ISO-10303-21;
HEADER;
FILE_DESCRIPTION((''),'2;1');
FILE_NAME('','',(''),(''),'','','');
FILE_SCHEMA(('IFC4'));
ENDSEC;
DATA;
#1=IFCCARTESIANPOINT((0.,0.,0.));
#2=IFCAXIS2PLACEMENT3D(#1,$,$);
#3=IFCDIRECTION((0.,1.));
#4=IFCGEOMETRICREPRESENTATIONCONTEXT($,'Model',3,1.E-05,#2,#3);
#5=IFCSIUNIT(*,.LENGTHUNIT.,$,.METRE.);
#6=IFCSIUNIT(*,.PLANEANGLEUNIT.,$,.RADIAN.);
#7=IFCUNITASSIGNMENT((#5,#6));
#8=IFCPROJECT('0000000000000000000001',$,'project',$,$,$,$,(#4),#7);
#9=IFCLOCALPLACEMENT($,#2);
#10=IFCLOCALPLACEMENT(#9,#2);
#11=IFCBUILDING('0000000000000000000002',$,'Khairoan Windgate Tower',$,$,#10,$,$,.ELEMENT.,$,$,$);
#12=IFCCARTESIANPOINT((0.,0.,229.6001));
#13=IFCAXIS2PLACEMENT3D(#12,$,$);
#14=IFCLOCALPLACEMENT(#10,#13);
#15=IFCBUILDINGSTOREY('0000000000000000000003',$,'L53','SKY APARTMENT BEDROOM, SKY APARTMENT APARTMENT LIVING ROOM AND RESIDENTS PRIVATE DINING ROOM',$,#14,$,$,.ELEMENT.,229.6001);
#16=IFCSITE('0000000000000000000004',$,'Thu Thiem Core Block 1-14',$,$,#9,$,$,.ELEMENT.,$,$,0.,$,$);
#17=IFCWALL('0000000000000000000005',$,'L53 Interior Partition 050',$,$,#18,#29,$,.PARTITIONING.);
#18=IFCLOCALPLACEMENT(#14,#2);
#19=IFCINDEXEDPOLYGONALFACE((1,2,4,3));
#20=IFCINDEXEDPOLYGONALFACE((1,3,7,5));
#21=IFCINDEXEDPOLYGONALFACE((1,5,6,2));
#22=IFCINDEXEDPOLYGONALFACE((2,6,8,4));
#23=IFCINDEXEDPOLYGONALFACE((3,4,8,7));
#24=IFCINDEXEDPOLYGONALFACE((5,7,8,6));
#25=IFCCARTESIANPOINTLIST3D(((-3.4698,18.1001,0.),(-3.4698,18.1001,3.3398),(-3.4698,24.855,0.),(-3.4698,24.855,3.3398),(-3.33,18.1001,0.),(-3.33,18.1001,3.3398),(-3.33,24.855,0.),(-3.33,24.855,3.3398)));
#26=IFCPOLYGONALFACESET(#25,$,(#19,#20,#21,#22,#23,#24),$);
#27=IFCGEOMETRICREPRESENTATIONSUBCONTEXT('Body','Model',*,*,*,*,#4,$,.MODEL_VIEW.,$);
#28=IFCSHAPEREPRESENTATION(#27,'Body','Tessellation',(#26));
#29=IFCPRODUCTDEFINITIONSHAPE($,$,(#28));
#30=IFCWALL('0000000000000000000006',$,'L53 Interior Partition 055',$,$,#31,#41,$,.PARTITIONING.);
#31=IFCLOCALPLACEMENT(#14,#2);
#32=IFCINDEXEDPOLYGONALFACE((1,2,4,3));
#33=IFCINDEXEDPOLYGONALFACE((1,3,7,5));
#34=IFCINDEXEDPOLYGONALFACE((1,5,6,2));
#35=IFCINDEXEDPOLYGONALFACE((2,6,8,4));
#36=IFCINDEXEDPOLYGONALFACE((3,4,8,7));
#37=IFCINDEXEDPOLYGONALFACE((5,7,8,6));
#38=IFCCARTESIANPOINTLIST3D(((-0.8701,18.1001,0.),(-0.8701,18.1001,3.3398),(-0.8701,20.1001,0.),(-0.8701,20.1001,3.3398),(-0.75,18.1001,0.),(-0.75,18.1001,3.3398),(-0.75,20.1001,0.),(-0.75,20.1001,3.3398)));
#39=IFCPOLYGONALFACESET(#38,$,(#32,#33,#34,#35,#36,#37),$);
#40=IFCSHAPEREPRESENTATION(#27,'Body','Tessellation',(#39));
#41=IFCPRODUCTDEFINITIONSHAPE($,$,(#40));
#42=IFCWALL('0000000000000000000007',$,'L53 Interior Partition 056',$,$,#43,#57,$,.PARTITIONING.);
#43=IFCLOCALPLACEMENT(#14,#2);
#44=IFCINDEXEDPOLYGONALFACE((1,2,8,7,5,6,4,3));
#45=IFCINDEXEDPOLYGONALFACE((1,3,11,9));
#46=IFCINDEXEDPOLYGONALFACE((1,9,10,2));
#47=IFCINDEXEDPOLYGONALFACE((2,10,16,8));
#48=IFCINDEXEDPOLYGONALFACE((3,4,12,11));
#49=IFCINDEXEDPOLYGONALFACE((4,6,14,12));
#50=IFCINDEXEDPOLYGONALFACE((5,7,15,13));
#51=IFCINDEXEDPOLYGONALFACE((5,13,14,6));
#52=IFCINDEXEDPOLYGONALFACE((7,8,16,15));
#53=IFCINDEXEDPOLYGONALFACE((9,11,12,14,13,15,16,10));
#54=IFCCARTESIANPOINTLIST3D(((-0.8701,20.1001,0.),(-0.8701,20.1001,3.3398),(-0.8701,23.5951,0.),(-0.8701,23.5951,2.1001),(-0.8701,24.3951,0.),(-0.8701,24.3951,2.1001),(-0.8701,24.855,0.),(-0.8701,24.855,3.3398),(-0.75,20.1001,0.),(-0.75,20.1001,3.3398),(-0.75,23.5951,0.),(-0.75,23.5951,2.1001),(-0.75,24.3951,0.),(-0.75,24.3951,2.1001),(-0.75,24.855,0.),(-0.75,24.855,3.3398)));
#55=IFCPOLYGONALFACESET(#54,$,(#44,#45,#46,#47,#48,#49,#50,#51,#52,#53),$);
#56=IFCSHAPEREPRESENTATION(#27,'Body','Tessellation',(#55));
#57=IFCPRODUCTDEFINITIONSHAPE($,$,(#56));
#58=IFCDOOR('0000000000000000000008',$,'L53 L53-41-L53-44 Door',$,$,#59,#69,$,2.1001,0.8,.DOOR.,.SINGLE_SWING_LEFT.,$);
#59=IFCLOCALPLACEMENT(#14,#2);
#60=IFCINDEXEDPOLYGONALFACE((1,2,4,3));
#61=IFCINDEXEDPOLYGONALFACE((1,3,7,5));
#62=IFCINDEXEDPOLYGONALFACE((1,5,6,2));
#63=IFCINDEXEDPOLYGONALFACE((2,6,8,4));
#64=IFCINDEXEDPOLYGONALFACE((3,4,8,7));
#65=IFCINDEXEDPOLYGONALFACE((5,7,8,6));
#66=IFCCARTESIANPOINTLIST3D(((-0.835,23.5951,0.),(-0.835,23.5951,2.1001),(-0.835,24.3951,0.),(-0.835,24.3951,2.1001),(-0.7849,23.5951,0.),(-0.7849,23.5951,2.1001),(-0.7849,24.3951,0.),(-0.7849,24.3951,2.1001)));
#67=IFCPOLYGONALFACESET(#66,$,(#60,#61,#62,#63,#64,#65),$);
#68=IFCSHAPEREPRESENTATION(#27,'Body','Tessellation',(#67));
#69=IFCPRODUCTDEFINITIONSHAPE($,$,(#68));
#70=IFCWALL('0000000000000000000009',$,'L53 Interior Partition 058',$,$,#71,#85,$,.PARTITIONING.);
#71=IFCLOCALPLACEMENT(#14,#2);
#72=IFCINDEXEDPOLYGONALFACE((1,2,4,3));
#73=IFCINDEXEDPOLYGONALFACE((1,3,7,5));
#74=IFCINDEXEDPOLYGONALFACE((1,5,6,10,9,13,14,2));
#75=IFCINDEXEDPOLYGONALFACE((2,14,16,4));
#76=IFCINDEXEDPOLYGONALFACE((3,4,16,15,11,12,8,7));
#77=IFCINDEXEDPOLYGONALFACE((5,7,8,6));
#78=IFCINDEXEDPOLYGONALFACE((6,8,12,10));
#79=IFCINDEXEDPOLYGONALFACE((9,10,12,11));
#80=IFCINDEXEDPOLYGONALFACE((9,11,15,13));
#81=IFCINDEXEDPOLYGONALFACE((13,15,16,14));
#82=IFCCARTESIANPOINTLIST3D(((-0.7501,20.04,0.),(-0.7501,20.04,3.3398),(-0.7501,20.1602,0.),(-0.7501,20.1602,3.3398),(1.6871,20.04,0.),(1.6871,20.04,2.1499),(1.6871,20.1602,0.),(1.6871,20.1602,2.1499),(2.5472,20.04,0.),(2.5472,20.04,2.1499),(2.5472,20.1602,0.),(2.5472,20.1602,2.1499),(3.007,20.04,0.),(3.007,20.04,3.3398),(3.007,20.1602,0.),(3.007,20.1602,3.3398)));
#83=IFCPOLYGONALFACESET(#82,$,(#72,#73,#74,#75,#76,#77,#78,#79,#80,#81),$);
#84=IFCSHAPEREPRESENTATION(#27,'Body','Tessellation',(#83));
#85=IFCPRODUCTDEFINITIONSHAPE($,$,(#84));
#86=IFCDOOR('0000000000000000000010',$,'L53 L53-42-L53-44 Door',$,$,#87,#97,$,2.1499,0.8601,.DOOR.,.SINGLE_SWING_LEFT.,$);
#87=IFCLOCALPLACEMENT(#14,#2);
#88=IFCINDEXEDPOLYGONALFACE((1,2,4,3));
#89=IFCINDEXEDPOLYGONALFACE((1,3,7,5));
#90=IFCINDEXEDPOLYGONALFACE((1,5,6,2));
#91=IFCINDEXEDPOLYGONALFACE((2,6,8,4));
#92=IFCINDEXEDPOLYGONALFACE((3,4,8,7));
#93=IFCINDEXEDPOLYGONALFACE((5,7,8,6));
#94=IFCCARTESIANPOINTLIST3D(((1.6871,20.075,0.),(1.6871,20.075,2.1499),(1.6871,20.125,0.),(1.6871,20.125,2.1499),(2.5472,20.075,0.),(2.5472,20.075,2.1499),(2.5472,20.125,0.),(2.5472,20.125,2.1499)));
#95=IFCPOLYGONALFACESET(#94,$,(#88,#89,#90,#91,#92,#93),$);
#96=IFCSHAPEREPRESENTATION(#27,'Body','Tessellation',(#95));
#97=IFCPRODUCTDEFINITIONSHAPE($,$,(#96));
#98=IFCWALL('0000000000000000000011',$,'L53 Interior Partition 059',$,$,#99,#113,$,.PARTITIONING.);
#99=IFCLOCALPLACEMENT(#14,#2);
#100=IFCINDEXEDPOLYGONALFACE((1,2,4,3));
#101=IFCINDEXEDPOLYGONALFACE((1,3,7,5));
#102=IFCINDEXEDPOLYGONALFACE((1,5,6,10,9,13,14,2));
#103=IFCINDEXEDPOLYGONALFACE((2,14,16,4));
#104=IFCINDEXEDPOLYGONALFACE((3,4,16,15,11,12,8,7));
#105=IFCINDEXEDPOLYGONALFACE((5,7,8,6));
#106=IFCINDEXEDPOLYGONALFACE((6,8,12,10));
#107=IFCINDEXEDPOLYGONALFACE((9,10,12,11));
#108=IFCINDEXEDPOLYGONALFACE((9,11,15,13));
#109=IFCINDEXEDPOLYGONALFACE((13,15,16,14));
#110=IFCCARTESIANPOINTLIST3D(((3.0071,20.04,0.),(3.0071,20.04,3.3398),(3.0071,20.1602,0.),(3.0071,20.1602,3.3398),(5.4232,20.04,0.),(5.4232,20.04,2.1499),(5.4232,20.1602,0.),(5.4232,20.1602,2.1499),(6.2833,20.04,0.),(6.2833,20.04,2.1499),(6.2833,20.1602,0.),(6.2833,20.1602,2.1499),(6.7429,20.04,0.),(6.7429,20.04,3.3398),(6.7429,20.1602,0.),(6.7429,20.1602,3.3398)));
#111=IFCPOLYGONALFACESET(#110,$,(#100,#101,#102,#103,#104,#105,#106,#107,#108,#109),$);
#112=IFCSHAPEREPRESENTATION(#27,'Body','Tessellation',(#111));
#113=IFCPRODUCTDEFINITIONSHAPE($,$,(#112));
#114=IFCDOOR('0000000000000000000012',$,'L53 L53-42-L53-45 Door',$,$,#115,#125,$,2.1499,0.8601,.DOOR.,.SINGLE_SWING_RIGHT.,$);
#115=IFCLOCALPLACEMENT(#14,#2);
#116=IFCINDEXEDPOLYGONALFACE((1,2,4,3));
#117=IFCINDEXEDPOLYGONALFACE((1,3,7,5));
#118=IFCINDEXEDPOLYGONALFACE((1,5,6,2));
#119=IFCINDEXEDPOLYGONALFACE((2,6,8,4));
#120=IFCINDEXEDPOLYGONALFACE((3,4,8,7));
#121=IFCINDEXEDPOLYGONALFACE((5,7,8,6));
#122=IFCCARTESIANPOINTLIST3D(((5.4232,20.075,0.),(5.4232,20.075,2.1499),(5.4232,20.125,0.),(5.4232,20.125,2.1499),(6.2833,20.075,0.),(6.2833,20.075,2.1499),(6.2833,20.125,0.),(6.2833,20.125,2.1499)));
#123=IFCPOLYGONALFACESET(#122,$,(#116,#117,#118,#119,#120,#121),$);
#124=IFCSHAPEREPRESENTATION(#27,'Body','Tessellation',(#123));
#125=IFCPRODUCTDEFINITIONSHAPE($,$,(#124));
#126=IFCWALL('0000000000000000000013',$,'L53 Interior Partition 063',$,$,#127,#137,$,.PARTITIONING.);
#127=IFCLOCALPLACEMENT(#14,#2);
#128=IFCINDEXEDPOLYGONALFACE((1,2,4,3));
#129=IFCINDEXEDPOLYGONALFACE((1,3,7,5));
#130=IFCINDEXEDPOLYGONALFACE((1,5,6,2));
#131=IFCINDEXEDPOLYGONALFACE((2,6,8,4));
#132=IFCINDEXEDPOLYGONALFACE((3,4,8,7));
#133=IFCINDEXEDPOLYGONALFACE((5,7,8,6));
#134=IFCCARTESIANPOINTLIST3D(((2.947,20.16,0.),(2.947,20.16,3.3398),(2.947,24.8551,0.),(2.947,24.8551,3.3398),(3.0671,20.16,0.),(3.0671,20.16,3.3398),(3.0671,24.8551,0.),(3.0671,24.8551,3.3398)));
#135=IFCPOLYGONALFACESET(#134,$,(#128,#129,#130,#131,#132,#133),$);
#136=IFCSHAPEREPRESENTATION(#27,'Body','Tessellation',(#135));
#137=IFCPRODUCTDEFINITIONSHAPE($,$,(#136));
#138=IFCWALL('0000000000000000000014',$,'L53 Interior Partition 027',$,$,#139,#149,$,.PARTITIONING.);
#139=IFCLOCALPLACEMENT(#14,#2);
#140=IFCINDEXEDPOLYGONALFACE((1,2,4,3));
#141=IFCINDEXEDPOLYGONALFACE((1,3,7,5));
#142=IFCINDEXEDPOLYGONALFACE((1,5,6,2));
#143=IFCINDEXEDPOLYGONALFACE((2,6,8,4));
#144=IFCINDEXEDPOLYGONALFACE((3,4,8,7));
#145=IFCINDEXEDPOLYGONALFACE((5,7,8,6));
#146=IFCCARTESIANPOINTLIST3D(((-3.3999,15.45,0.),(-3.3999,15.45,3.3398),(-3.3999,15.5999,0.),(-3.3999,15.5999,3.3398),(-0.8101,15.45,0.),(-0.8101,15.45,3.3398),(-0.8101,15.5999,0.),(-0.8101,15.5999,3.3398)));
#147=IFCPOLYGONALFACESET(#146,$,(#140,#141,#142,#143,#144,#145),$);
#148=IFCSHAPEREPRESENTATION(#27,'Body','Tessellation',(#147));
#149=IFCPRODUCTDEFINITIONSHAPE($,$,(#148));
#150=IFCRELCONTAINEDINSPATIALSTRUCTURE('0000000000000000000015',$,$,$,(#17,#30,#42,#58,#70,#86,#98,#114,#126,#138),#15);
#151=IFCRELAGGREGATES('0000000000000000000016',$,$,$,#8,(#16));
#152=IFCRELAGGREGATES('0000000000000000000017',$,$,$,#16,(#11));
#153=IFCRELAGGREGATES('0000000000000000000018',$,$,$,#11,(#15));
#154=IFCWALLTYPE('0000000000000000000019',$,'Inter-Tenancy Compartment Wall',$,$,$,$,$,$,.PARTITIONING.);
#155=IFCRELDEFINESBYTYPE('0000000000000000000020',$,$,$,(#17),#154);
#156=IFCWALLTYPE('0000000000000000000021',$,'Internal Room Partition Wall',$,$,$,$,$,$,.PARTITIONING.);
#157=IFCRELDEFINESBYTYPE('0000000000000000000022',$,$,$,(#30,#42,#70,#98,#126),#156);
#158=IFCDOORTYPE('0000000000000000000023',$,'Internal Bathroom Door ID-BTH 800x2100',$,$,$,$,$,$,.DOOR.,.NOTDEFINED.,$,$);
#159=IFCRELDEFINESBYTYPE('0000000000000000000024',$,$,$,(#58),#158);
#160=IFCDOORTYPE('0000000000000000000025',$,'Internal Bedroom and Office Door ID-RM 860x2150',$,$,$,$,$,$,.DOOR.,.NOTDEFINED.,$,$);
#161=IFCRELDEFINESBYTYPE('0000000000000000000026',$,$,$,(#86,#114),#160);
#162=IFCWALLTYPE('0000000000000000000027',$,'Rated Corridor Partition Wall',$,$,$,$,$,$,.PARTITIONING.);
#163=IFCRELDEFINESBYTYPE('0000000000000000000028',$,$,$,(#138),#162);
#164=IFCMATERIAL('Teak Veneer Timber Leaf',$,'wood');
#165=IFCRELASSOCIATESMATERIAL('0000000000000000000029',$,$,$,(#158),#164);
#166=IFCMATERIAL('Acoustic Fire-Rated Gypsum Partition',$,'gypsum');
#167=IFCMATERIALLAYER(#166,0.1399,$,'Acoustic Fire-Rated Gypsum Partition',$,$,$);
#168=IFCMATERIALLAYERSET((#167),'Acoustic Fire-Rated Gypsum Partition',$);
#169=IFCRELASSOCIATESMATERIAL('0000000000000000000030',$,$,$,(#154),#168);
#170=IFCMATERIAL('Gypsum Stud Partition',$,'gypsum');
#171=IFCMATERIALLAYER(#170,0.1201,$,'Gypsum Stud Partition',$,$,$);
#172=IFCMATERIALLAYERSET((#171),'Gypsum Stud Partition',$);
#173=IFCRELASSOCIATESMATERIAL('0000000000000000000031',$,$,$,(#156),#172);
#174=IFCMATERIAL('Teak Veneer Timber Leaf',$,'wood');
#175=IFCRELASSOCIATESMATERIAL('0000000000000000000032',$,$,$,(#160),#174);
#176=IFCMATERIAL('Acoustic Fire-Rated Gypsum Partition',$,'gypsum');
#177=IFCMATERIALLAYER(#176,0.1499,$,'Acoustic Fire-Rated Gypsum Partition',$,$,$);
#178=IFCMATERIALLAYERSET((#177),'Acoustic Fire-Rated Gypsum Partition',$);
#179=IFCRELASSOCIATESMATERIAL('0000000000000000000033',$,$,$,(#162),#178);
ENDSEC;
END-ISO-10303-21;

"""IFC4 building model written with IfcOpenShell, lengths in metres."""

from ifc_helpers import new_model, si_unit, direction, frame, frame_2d, origin, place, context, subcontext, project, spatial, rectangle, extrude, material, layer, layer_set, type_object, element, fill, save


model = new_model("IFC4")

# Units and contexts
model_context = context("Model", 3, precision=1e-05, world=origin(), true_north=direction((0.0, 1.0)))
body_context = subcontext(model_context, "Body", "Model", "MODEL_VIEW")
ifc_project = project(units=[si_unit("LENGTHUNIT", "METRE"), si_unit("PLANEANGLEUNIT", "RADIAN")], contexts=[model_context])

# Site, building, storey
site_placement = place(None, origin())
site = spatial("IfcSite", under=ifc_project, at=site_placement, Name="Thu Thiem Core Block 1-14", CompositionType="ELEMENT", RefElevation=0.0)
building_placement = place(site_placement, origin())
building = spatial("IfcBuilding", under=site, at=building_placement, Name="Khairoan Windgate Tower", CompositionType="ELEMENT")
storey_placement = place(building_placement, frame((0.0, 0.0, 229.6001)))
storey = spatial("IfcBuildingStorey", under=building, at=storey_placement, Name="L53", Description="SKY APARTMENT BEDROOM, SKY APARTMENT APARTMENT LIVING ROOM AND RESIDENTS PRIVATE DINING ROOM", CompositionType="ELEMENT", Elevation=229.6001)

# Shared definitions
ifc_material_1 = material(Name="Teak Veneer Timber Leaf", Category="wood")
door_type_1 = type_object("IfcDoorType", Name="Internal Bathroom Door ID-BTH 800x2100", OperationType="NOTDEFINED", PredefinedType="DOOR", material=ifc_material_1)

# Walls
ifc_material_2 = material(Name="Acoustic Fire-Rated Gypsum Partition", Category="gypsum")
ifc_layer_1 = layer(ifc_material_2, 0.1399, Name="Acoustic Fire-Rated Gypsum Partition")
ifc_layer_set_1 = layer_set([ifc_layer_1], Name="Acoustic Fire-Rated Gypsum Partition")
wall_type_1 = type_object("IfcWallType", Name="Inter-Tenancy Compartment Wall", PredefinedType="PARTITIONING", material=ifc_layer_set_1)
wall_1_placement = place(storey_placement, frame((-3.3999, 18.1001, 0.0), z_axis=(0.0, 0.0, 1.0), x_axis=(0.0, 1.0, 0.0)))
element("IfcWall", 1, at=wall_1_placement, inside=storey, type_object=wall_type_1, Name="L53 Interior Partition 050", PredefinedType="PARTITIONING", context=body_context, shape_type="SweptSolid", body=[
    extrude(rectangle(XDim=6.7549, YDim=0.1399, at=frame_2d((3.3774, 0.0))), origin(), (0.0, 0.0, 1.0), 3.3398),
])
ifc_material_3 = material(Name="Gypsum Stud Partition", Category="gypsum")
ifc_layer_2 = layer(ifc_material_3, 0.1201, Name="Gypsum Stud Partition")
ifc_layer_set_2 = layer_set([ifc_layer_2], Name="Gypsum Stud Partition")
wall_type_2 = type_object("IfcWallType", Name="Internal Room Partition Wall", PredefinedType="PARTITIONING", material=ifc_layer_set_2)
wall_2_placement = place(storey_placement, frame((-0.8101, 18.1001, 0.0), z_axis=(0.0, 0.0, 1.0), x_axis=(0.0, 1.0, 0.0)))
element("IfcWall", 2, at=wall_2_placement, inside=storey, type_object=wall_type_2, Name="L53 Interior Partition 055", PredefinedType="PARTITIONING", context=body_context, shape_type="SweptSolid", body=[
    extrude(rectangle(XDim=2.0, YDim=0.1201, at=frame_2d((1.0, 0.0))), origin(), (0.0, 0.0, 1.0), 3.3398),
])

# Walls, openings, doors
wall_3_placement = place(storey_placement, frame((-0.8101, 20.1001, 0.0), z_axis=(0.0, 0.0, 1.0), x_axis=(0.0, 1.0, 0.0)))
wall_3 = element("IfcWall", 3, at=wall_3_placement, inside=storey, type_object=wall_type_2, Name="L53 Interior Partition 056", PredefinedType="PARTITIONING", context=body_context, shape_type="SweptSolid", body=[
    extrude(rectangle(XDim=4.7549, YDim=0.1201, at=frame_2d((2.3774, 0.0))), origin(), (0.0, 0.0, 1.0), 3.3398),
])
opening_1_placement = place(wall_3_placement, frame((3.4951, 0.0, 0.0)))
opening_1 = element("IfcOpeningElement", 4, at=opening_1_placement, cuts=wall_3, PredefinedType="OPENING", context=body_context, shape_type="SweptSolid", body=[
    extrude(rectangle(XDim=0.8, YDim=2.1001, at=frame_2d((0.3999, 1.05))), frame((0.0, 0.0701, 0.0), z_axis=(0.0, -1.0, 0.0), x_axis=(1.0, 0.0, 0.0)), (0.0, 0.0, 1.0), 0.1401),
])
door_1_placement = place(opening_1_placement, origin())
door_1 = element("IfcDoor", 5, at=door_1_placement, inside=storey, type_object=door_type_1, Name="L53 L53-41-L53-44 Door", OperationType="SINGLE_SWING_LEFT", OverallHeight=2.1001, OverallWidth=0.8, PredefinedType="DOOR", context=body_context, shape_type="SweptSolid", body=[
    extrude(rectangle(XDim=0.8, YDim=2.1001, at=frame_2d((0.3999, 1.05))), frame((0.0, 0.0249, 0.0), z_axis=(0.0, -1.0, 0.0), x_axis=(1.0, 0.0, 0.0)), (0.0, 0.0, 1.0), 0.05),
])
fill(opening_1, door_1)
wall_4_placement = place(storey_placement, frame((-0.75, 20.1001, 0.0), z_axis=(0.0, 0.0, 1.0), x_axis=(1.0, 0.0, 0.0)))
wall_4 = element("IfcWall", 6, at=wall_4_placement, inside=storey, type_object=wall_type_2, Name="L53 Interior Partition 058", PredefinedType="PARTITIONING", context=body_context, shape_type="SweptSolid", body=[
    extrude(rectangle(XDim=3.7571, YDim=0.1201, at=frame_2d((1.8784, 0.0))), origin(), (0.0, 0.0, 1.0), 3.3398),
])
opening_2_placement = place(wall_4_placement, frame((2.437, 0.0, 0.0)))
opening_2 = element("IfcOpeningElement", 7, at=opening_2_placement, cuts=wall_4, PredefinedType="OPENING", context=body_context, shape_type="SweptSolid", body=[
    extrude(rectangle(XDim=0.8601, YDim=2.1499, at=frame_2d((0.4302, 1.075))), frame((0.0, 0.0701, 0.0), z_axis=(0.0, -1.0, 0.0), x_axis=(1.0, 0.0, 0.0)), (0.0, 0.0, 1.0), 0.1401),
])
ifc_material_4 = material(Name="Teak Veneer Timber Leaf", Category="wood")
door_type_2 = type_object("IfcDoorType", Name="Internal Bedroom and Office Door ID-RM 860x2150", OperationType="NOTDEFINED", PredefinedType="DOOR", material=ifc_material_4)
door_2_placement = place(opening_2_placement, origin())
door_2 = element("IfcDoor", 8, at=door_2_placement, inside=storey, type_object=door_type_2, Name="L53 L53-42-L53-44 Door", OperationType="SINGLE_SWING_LEFT", OverallHeight=2.1499, OverallWidth=0.8601, PredefinedType="DOOR", context=body_context, shape_type="SweptSolid", body=[
    extrude(rectangle(XDim=0.8601, YDim=2.1499, at=frame_2d((0.4302, 1.075))), frame((0.0, 0.0249, 0.0), z_axis=(0.0, -1.0, 0.0), x_axis=(1.0, 0.0, 0.0)), (0.0, 0.0, 1.0), 0.05),
])
fill(opening_2, door_2)
wall_5_placement = place(storey_placement, frame((3.0071, 20.1001, 0.0), z_axis=(0.0, 0.0, 1.0), x_axis=(1.0, 0.0, 0.0)))
wall_5 = element("IfcWall", 9, at=wall_5_placement, inside=storey, type_object=wall_type_2, Name="L53 Interior Partition 059", PredefinedType="PARTITIONING", context=body_context, shape_type="SweptSolid", body=[
    extrude(rectangle(XDim=3.7358, YDim=0.1201, at=frame_2d((1.8679, 0.0))), origin(), (0.0, 0.0, 1.0), 3.3398),
])
opening_3_placement = place(wall_5_placement, frame((2.416, 0.0, 0.0)))
opening_3 = element("IfcOpeningElement", 10, at=opening_3_placement, cuts=wall_5, PredefinedType="OPENING", context=body_context, shape_type="SweptSolid", body=[
    extrude(rectangle(XDim=0.8601, YDim=2.1499, at=frame_2d((0.4302, 1.075))), frame((0.0, 0.0701, 0.0), z_axis=(0.0, -1.0, 0.0), x_axis=(1.0, 0.0, 0.0)), (0.0, 0.0, 1.0), 0.1401),
])
door_3_placement = place(opening_3_placement, origin())
door_3 = element("IfcDoor", 11, at=door_3_placement, inside=storey, type_object=door_type_2, Name="L53 L53-42-L53-45 Door", OperationType="SINGLE_SWING_RIGHT", OverallHeight=2.1499, OverallWidth=0.8601, PredefinedType="DOOR", context=body_context, shape_type="SweptSolid", body=[
    extrude(rectangle(XDim=0.8601, YDim=2.1499, at=frame_2d((0.4302, 1.075))), frame((0.0, 0.0249, 0.0), z_axis=(0.0, -1.0, 0.0), x_axis=(1.0, 0.0, 0.0)), (0.0, 0.0, 1.0), 0.05),
])
fill(opening_3, door_3)

# Walls
wall_6_placement = place(storey_placement, frame((3.0071, 20.1599, 0.0), z_axis=(0.0, 0.0, 1.0), x_axis=(0.0, 1.0, 0.0)))
element("IfcWall", 12, at=wall_6_placement, inside=storey, type_object=wall_type_2, Name="L53 Interior Partition 063", PredefinedType="PARTITIONING", context=body_context, shape_type="SweptSolid", body=[
    extrude(rectangle(XDim=4.6951, YDim=0.1201, at=frame_2d((2.3477, 0.0))), origin(), (0.0, 0.0, 1.0), 3.3398),
])
ifc_material_5 = material(Name="Acoustic Fire-Rated Gypsum Partition", Category="gypsum")
ifc_layer_3 = layer(ifc_material_5, 0.1499, Name="Acoustic Fire-Rated Gypsum Partition")
ifc_layer_set_3 = layer_set([ifc_layer_3], Name="Acoustic Fire-Rated Gypsum Partition")
wall_type_3 = type_object("IfcWallType", Name="Rated Corridor Partition Wall", PredefinedType="PARTITIONING", material=ifc_layer_set_3)
wall_7_placement = place(storey_placement, frame((-3.3999, 15.5249, 0.0), z_axis=(0.0, 0.0, 1.0), x_axis=(1.0, 0.0, 0.0)))
element("IfcWall", 13, at=wall_7_placement, inside=storey, type_object=wall_type_3, Name="L53 Interior Partition 027", PredefinedType="PARTITIONING", context=body_context, shape_type="SweptSolid", body=[
    extrude(rectangle(XDim=2.5898, YDim=0.1499, at=frame_2d((1.2949, 0.0))), origin(), (0.0, 0.0, 1.0), 3.3398),
])

save(model, "model.ifc")
